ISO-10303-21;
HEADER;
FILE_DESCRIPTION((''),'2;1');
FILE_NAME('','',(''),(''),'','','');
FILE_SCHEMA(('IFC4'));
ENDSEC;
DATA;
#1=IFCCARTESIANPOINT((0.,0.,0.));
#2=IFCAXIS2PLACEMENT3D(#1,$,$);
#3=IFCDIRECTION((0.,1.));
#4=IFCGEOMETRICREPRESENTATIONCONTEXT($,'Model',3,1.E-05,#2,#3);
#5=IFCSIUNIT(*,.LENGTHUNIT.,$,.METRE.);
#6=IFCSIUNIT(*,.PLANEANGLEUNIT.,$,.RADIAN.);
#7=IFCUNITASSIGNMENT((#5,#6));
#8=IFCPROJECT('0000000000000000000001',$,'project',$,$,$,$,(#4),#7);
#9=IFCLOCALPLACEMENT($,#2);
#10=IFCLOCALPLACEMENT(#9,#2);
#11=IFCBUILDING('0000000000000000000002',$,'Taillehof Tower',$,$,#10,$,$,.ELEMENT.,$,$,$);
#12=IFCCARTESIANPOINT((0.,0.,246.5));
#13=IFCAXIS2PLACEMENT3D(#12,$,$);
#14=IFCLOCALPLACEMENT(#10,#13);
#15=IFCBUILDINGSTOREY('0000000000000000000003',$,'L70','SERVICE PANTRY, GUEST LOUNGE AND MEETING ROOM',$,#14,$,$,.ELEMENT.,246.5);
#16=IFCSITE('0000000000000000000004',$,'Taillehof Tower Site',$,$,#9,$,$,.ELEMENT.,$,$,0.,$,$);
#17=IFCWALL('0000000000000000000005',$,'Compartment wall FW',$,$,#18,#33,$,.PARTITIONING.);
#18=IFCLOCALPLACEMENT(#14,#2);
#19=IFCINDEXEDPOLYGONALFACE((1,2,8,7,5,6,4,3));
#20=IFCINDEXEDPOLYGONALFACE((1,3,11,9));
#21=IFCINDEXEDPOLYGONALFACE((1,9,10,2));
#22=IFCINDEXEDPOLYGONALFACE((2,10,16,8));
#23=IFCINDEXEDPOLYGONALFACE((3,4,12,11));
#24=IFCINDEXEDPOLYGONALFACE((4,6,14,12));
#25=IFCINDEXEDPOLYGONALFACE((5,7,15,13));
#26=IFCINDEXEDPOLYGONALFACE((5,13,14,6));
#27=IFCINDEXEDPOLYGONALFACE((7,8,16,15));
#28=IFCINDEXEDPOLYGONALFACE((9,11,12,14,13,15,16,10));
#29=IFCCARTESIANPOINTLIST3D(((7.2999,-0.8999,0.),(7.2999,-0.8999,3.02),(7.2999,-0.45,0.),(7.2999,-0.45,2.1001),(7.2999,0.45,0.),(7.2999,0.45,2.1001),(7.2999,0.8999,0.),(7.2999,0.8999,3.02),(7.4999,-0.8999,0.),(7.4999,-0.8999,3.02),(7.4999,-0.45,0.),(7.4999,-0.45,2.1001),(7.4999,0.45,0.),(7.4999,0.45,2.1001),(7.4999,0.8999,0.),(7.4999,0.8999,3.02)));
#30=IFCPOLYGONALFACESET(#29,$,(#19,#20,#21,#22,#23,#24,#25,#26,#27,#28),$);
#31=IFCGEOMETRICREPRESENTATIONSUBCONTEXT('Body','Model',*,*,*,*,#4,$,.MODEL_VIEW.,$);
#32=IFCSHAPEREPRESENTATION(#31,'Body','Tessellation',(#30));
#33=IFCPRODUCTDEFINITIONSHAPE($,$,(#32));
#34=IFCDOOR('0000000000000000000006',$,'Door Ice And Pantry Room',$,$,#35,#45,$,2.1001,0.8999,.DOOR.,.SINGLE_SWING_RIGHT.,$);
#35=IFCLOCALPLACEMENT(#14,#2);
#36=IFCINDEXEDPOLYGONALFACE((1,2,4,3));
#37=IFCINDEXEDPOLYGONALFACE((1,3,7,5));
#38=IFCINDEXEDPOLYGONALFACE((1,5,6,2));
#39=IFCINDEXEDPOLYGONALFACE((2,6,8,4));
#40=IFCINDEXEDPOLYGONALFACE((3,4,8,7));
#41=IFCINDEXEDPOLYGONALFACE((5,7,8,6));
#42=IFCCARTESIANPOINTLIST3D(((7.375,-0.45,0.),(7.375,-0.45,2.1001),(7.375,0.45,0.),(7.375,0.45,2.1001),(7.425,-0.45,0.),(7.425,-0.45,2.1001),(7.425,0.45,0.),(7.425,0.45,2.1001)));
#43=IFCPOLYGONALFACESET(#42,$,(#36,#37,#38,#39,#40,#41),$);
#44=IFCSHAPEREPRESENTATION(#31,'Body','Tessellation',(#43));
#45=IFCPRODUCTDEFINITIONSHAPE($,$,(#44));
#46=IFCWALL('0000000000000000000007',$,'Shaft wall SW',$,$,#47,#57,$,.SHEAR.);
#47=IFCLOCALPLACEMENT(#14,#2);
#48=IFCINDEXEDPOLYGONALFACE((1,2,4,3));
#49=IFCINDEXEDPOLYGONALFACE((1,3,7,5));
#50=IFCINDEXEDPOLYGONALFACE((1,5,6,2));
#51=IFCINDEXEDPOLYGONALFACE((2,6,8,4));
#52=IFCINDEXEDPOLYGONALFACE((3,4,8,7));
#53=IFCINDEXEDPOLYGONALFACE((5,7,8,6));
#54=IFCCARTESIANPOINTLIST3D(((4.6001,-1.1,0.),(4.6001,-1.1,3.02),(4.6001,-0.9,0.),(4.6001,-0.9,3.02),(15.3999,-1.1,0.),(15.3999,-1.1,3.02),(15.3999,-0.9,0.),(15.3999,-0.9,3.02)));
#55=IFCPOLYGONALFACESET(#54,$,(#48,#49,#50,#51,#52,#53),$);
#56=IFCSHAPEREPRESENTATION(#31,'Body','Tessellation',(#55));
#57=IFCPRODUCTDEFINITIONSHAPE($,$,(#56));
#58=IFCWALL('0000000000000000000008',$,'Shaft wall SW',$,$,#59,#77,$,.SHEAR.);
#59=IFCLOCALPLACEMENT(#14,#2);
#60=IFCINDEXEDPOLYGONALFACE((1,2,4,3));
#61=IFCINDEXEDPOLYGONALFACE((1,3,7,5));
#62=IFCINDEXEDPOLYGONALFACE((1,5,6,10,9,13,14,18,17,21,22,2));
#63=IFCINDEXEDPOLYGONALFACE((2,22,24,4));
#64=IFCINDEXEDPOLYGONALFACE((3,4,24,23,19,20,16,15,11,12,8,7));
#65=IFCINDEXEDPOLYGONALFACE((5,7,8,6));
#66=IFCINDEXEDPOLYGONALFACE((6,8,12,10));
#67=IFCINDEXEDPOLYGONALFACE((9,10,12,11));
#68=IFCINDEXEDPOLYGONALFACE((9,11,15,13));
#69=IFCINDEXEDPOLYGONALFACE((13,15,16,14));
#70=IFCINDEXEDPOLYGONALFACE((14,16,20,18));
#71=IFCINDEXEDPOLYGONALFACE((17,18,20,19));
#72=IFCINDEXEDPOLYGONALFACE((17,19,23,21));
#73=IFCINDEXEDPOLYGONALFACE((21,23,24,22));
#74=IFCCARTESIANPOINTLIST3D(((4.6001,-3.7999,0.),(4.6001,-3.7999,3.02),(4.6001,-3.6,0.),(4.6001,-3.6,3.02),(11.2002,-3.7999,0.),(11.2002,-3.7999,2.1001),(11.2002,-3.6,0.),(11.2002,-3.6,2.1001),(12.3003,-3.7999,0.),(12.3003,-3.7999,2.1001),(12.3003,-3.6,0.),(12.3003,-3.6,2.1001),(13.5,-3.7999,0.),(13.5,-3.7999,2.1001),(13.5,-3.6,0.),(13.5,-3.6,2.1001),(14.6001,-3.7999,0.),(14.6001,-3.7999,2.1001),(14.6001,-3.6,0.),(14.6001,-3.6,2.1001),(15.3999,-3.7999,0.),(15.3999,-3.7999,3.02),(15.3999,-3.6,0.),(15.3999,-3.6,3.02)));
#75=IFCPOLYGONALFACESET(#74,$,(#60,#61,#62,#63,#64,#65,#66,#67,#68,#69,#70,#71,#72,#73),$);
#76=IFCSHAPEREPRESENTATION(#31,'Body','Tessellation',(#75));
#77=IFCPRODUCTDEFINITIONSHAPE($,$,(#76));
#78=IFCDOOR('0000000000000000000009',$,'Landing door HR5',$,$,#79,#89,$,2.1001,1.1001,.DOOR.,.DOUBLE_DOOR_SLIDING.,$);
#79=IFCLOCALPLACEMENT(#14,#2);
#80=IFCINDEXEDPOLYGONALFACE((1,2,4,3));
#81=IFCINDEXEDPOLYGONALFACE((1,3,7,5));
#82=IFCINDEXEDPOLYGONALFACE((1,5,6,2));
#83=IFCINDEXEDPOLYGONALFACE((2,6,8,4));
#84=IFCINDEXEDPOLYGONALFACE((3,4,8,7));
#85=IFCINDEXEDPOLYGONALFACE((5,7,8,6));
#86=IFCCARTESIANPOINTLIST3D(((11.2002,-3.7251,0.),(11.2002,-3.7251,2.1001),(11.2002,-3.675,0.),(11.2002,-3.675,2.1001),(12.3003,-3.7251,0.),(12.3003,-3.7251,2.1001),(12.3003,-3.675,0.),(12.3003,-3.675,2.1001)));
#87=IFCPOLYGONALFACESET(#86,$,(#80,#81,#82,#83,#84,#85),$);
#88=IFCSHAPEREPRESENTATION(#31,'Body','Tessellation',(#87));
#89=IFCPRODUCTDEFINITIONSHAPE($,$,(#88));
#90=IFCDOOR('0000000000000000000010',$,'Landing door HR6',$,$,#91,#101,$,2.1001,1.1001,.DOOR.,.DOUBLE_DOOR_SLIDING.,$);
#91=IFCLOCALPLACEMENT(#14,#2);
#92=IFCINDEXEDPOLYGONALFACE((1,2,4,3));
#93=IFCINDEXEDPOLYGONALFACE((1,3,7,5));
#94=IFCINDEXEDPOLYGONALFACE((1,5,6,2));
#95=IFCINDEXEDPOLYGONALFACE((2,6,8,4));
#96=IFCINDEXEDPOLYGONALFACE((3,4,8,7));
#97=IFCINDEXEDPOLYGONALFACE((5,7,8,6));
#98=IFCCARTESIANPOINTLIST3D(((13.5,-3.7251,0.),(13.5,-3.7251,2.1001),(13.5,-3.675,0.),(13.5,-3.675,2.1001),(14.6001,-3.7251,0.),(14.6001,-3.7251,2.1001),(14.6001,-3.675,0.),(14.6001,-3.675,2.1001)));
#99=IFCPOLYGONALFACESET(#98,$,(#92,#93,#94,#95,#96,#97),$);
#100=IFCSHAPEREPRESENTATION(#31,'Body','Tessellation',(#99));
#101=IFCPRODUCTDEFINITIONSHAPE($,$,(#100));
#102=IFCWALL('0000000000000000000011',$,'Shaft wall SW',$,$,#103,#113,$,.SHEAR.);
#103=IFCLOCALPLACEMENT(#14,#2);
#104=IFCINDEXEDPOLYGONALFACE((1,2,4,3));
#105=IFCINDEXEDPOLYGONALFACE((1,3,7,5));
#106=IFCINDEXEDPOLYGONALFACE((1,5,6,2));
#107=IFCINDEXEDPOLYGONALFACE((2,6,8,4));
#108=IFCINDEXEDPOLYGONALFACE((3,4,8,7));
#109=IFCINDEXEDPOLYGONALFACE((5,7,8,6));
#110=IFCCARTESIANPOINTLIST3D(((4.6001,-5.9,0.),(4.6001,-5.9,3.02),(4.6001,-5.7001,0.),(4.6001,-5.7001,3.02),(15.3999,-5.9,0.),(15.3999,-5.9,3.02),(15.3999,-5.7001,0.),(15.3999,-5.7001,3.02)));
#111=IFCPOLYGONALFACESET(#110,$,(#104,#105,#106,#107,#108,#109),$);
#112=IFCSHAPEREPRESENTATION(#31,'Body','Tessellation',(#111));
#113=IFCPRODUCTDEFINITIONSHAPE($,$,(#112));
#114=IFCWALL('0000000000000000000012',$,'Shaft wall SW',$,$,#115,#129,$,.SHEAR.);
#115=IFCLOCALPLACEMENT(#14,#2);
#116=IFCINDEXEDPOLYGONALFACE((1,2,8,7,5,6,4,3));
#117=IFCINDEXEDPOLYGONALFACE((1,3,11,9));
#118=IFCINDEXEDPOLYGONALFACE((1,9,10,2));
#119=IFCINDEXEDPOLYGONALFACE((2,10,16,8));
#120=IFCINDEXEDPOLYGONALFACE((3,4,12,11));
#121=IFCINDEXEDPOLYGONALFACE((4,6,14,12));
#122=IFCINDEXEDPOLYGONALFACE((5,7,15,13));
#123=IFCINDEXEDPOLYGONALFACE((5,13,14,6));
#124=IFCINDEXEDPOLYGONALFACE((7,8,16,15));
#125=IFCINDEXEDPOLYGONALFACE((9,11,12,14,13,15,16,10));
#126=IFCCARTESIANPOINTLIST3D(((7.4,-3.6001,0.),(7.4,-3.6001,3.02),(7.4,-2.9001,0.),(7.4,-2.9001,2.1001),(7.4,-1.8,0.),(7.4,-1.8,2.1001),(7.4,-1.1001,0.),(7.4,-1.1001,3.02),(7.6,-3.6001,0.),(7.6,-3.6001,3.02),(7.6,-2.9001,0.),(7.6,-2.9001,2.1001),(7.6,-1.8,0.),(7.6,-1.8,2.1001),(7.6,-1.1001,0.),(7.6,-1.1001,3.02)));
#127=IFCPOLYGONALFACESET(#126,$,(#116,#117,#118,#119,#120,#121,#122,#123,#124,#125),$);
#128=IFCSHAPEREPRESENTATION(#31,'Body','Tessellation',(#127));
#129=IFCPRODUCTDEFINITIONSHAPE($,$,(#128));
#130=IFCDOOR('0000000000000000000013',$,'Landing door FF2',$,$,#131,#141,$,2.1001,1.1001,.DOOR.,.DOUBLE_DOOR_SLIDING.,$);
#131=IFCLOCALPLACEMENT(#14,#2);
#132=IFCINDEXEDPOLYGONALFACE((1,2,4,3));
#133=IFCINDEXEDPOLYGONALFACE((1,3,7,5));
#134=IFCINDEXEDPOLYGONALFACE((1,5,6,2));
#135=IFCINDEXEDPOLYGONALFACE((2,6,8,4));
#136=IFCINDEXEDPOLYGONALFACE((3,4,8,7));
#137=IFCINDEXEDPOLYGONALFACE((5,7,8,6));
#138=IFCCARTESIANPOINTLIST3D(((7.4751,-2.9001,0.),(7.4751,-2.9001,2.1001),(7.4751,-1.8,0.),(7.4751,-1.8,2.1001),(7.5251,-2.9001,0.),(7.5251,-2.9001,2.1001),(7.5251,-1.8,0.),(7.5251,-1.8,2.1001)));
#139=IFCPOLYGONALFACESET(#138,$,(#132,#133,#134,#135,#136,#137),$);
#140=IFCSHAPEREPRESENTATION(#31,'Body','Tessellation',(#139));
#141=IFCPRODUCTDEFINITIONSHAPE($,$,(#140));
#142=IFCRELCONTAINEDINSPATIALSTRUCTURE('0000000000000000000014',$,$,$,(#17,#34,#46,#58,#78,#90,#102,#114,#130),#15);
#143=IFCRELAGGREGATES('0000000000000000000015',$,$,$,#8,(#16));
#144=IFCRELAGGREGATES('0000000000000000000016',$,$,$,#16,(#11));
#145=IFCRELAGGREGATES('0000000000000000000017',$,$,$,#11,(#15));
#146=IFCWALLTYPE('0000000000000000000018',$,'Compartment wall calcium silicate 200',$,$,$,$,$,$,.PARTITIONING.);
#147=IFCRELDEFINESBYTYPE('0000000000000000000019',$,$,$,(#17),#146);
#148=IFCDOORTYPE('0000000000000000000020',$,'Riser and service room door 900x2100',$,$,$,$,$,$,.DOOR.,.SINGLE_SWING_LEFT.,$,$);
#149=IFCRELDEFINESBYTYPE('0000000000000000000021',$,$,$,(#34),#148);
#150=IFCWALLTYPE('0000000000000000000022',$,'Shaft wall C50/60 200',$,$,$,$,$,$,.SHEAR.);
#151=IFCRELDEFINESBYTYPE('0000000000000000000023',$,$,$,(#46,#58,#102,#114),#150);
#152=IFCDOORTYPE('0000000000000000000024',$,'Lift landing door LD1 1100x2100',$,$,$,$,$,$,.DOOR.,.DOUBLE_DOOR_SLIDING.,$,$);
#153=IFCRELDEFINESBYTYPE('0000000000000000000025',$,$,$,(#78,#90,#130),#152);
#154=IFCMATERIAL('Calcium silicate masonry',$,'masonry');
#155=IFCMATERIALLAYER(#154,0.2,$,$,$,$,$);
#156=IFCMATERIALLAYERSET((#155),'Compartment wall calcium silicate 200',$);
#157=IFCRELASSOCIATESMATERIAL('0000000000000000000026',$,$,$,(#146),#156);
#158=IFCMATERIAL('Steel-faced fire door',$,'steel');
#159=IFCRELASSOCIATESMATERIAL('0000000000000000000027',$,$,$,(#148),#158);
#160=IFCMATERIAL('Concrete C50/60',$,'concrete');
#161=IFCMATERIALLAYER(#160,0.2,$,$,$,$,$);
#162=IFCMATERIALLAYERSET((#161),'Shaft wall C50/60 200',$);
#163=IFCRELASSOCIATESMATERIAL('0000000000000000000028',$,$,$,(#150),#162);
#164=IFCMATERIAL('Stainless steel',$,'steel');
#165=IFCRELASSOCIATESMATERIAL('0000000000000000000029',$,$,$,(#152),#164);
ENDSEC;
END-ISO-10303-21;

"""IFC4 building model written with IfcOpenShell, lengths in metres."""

from ifc_helpers import new_model, si_unit, direction, frame, frame_2d, origin, place, context, subcontext, project, spatial, rectangle, extrude, material, layer, layer_set, type_object, element, fill, save


model = new_model("IFC4")

# Units and contexts
model_context = context("Model", 3, precision=1e-05, world=origin(), true_north=direction((0.0, 1.0)))
body_context = subcontext(model_context, "Body", "Model", "MODEL_VIEW")
ifc_project = project(units=[si_unit("LENGTHUNIT", "METRE"), si_unit("PLANEANGLEUNIT", "RADIAN")], contexts=[model_context])

# Site, building, storey
site_placement = place(None, origin())
site = spatial("IfcSite", under=ifc_project, at=site_placement, Name="Taillehof Tower Site", CompositionType="ELEMENT", RefElevation=0.0)
building_placement = place(site_placement, origin())
building = spatial("IfcBuilding", under=site, at=building_placement, Name="Taillehof Tower", CompositionType="ELEMENT")
storey_placement = place(building_placement, frame((0.0, 0.0, 246.5)))
storey = spatial("IfcBuildingStorey", under=building, at=storey_placement, Name="L70", Description="SERVICE PANTRY, GUEST LOUNGE AND MEETING ROOM", CompositionType="ELEMENT", Elevation=246.5)

# Wall, opening, door
ifc_material_1 = material(Name="Calcium silicate masonry", Category="masonry")
ifc_layer_1 = layer(ifc_material_1, 0.2)
ifc_layer_set_1 = layer_set([ifc_layer_1], Name="Compartment wall calcium silicate 200")
wall_type_1 = type_object("IfcWallType", Name="Compartment wall calcium silicate 200", PredefinedType="PARTITIONING", material=ifc_layer_set_1)
wall_1_placement = place(storey_placement, frame((7.3999, -0.8999, 0.0), z_axis=(0.0, 0.0, 1.0), x_axis=(0.0, 1.0, 0.0)))
wall_1 = element("IfcWall", 1, at=wall_1_placement, inside=storey, type_object=wall_type_1, Name="Compartment wall FW", PredefinedType="PARTITIONING", context=body_context, shape_type="SweptSolid", body=[
    extrude(rectangle(XDim=1.7998, YDim=0.2, at=frame_2d((0.8999, 0.0))), origin(), (0.0, 0.0, 1.0), 3.02),
])
opening_1_placement = place(wall_1_placement, frame((0.45, 0.0, 0.0)))
opening_1 = element("IfcOpeningElement", 2, at=opening_1_placement, cuts=wall_1, PredefinedType="OPENING", context=body_context, shape_type="SweptSolid", body=[
    extrude(rectangle(XDim=0.8999, YDim=2.1001, at=frame_2d((0.45, 1.05))), frame((0.0, 0.1099, 0.0), z_axis=(0.0, -1.0, 0.0), x_axis=(1.0, 0.0, 0.0)), (0.0, 0.0, 1.0), 0.22),
])
ifc_material_2 = material(Name="Steel-faced fire door", Category="steel")
door_type_1 = type_object("IfcDoorType", Name="Riser and service room door 900x2100", OperationType="SINGLE_SWING_LEFT", PredefinedType="DOOR", material=ifc_material_2)
door_1_placement = place(opening_1_placement, origin())
door_1 = element("IfcDoor", 3, at=door_1_placement, inside=storey, type_object=door_type_1, Name="Door Ice And Pantry Room", OperationType="SINGLE_SWING_RIGHT", OverallHeight=2.1001, OverallWidth=0.8999, PredefinedType="DOOR", context=body_context, shape_type="SweptSolid", body=[
    extrude(rectangle(XDim=0.8999, YDim=2.1001, at=frame_2d((0.45, 1.05))), frame((0.0, 0.0249, 0.0), z_axis=(0.0, -1.0, 0.0), x_axis=(1.0, 0.0, 0.0)), (0.0, 0.0, 1.0), 0.05),
])
fill(opening_1, door_1)

# Wall
ifc_material_3 = material(Name="Concrete C50/60", Category="concrete")
ifc_layer_2 = layer(ifc_material_3, 0.2)
ifc_layer_set_2 = layer_set([ifc_layer_2], Name="Shaft wall C50/60 200")
wall_type_2 = type_object("IfcWallType", Name="Shaft wall C50/60 200", PredefinedType="SHEAR", material=ifc_layer_set_2)
wall_2_placement = place(storey_placement, frame((4.6001, -1.0, 0.0), z_axis=(0.0, 0.0, 1.0), x_axis=(1.0, 0.0, 0.0)))
element("IfcWall", 4, at=wall_2_placement, inside=storey, type_object=wall_type_2, Name="Shaft wall SW", PredefinedType="SHEAR", context=body_context, shape_type="SweptSolid", body=[
    extrude(rectangle(XDim=10.7998, YDim=0.2, at=frame_2d((5.3999, 0.0))), origin(), (0.0, 0.0, 1.0), 3.02),
])

# Wall, openings, doors
wall_3_placement = place(storey_placement, frame((4.6001, -3.7, 0.0), z_axis=(0.0, 0.0, 1.0), x_axis=(1.0, 0.0, 0.0)))
wall_3 = element("IfcWall", 5, at=wall_3_placement, inside=storey, type_object=wall_type_2, Name="Shaft wall SW", PredefinedType="SHEAR", context=body_context, shape_type="SweptSolid", body=[
    extrude(rectangle(XDim=10.7998, YDim=0.2, at=frame_2d((5.3999, 0.0))), origin(), (0.0, 0.0, 1.0), 3.02),
])
opening_2_placement = place(wall_3_placement, frame((6.6001, 0.0, 0.0)))
opening_2 = element("IfcOpeningElement", 6, at=opening_2_placement, cuts=wall_3, PredefinedType="OPENING", context=body_context, shape_type="SweptSolid", body=[
    extrude(rectangle(XDim=1.1001, YDim=2.1001, at=frame_2d((0.55, 1.05))), frame((0.0, 0.1099, 0.0), z_axis=(0.0, -1.0, 0.0), x_axis=(1.0, 0.0, 0.0)), (0.0, 0.0, 1.0), 0.22),
])
opening_3_placement = place(wall_3_placement, frame((8.8999, 0.0, 0.0)))
opening_3 = element("IfcOpeningElement", 7, at=opening_3_placement, cuts=wall_3, PredefinedType="OPENING", context=body_context, shape_type="SweptSolid", body=[
    extrude(rectangle(XDim=1.1001, YDim=2.1001, at=frame_2d((0.55, 1.05))), frame((0.0, 0.1099, 0.0), z_axis=(0.0, -1.0, 0.0), x_axis=(1.0, 0.0, 0.0)), (0.0, 0.0, 1.0), 0.22),
])
ifc_material_4 = material(Name="Stainless steel", Category="steel")
door_type_2 = type_object("IfcDoorType", Name="Lift landing door LD1 1100x2100", OperationType="DOUBLE_DOOR_SLIDING", PredefinedType="DOOR", material=ifc_material_4)
door_2_placement = place(opening_2_placement, origin())
door_2 = element("IfcDoor", 8, at=door_2_placement, inside=storey, type_object=door_type_2, Name="Landing door HR5", OperationType="DOUBLE_DOOR_SLIDING", OverallHeight=2.1001, OverallWidth=1.1001, PredefinedType="DOOR", context=body_context, shape_type="SweptSolid", body=[
    extrude(rectangle(XDim=1.1001, YDim=2.1001, at=frame_2d((0.55, 1.05))), frame((0.0, 0.0249, 0.0), z_axis=(0.0, -1.0, 0.0), x_axis=(1.0, 0.0, 0.0)), (0.0, 0.0, 1.0), 0.05),
])
fill(opening_2, door_2)
door_3_placement = place(opening_3_placement, origin())
door_3 = element("IfcDoor", 9, at=door_3_placement, inside=storey, type_object=door_type_2, Name="Landing door HR6", OperationType="DOUBLE_DOOR_SLIDING", OverallHeight=2.1001, OverallWidth=1.1001, PredefinedType="DOOR", context=body_context, shape_type="SweptSolid", body=[
    extrude(rectangle(XDim=1.1001, YDim=2.1001, at=frame_2d((0.55, 1.05))), frame((0.0, 0.0249, 0.0), z_axis=(0.0, -1.0, 0.0), x_axis=(1.0, 0.0, 0.0)), (0.0, 0.0, 1.0), 0.05),
])
fill(opening_3, door_3)

# Wall
wall_4_placement = place(storey_placement, frame((4.6001, -5.8, 0.0), z_axis=(0.0, 0.0, 1.0), x_axis=(1.0, 0.0, 0.0)))
element("IfcWall", 10, at=wall_4_placement, inside=storey, type_object=wall_type_2, Name="Shaft wall SW", PredefinedType="SHEAR", context=body_context, shape_type="SweptSolid", body=[
    extrude(rectangle(XDim=10.7998, YDim=0.2, at=frame_2d((5.3999, 0.0))), origin(), (0.0, 0.0, 1.0), 3.02),
])

# Wall, opening, door
wall_5_placement = place(storey_placement, frame((7.5, -3.6001, 0.0), z_axis=(0.0, 0.0, 1.0), x_axis=(0.0, 1.0, 0.0)))
wall_5 = element("IfcWall", 11, at=wall_5_placement, inside=storey, type_object=wall_type_2, Name="Shaft wall SW", PredefinedType="SHEAR", context=body_context, shape_type="SweptSolid", body=[
    extrude(rectangle(XDim=2.5, YDim=0.2, at=frame_2d((1.25, 0.0))), origin(), (0.0, 0.0, 1.0), 3.02),
])
opening_4_placement = place(wall_5_placement, frame((0.7, 0.0, 0.0)))
opening_4 = element("IfcOpeningElement", 12, at=opening_4_placement, cuts=wall_5, PredefinedType="OPENING", context=body_context, shape_type="SweptSolid", body=[
    extrude(rectangle(XDim=1.1001, YDim=2.1001, at=frame_2d((0.55, 1.05))), frame((0.0, 0.1099, 0.0), z_axis=(0.0, -1.0, 0.0), x_axis=(1.0, 0.0, 0.0)), (0.0, 0.0, 1.0), 0.22),
])
door_4_placement = place(opening_4_placement, origin())
door_4 = element("IfcDoor", 13, at=door_4_placement, inside=storey, type_object=door_type_2, Name="Landing door FF2", OperationType="DOUBLE_DOOR_SLIDING", OverallHeight=2.1001, OverallWidth=1.1001, PredefinedType="DOOR", context=body_context, shape_type="SweptSolid", body=[
    extrude(rectangle(XDim=1.1001, YDim=2.1001, at=frame_2d((0.55, 1.05))), frame((0.0, 0.0249, 0.0), z_axis=(0.0, -1.0, 0.0), x_axis=(1.0, 0.0, 0.0)), (0.0, 0.0, 1.0), 0.05),
])
fill(opening_4, door_4)

save(model, "model.ifc")
